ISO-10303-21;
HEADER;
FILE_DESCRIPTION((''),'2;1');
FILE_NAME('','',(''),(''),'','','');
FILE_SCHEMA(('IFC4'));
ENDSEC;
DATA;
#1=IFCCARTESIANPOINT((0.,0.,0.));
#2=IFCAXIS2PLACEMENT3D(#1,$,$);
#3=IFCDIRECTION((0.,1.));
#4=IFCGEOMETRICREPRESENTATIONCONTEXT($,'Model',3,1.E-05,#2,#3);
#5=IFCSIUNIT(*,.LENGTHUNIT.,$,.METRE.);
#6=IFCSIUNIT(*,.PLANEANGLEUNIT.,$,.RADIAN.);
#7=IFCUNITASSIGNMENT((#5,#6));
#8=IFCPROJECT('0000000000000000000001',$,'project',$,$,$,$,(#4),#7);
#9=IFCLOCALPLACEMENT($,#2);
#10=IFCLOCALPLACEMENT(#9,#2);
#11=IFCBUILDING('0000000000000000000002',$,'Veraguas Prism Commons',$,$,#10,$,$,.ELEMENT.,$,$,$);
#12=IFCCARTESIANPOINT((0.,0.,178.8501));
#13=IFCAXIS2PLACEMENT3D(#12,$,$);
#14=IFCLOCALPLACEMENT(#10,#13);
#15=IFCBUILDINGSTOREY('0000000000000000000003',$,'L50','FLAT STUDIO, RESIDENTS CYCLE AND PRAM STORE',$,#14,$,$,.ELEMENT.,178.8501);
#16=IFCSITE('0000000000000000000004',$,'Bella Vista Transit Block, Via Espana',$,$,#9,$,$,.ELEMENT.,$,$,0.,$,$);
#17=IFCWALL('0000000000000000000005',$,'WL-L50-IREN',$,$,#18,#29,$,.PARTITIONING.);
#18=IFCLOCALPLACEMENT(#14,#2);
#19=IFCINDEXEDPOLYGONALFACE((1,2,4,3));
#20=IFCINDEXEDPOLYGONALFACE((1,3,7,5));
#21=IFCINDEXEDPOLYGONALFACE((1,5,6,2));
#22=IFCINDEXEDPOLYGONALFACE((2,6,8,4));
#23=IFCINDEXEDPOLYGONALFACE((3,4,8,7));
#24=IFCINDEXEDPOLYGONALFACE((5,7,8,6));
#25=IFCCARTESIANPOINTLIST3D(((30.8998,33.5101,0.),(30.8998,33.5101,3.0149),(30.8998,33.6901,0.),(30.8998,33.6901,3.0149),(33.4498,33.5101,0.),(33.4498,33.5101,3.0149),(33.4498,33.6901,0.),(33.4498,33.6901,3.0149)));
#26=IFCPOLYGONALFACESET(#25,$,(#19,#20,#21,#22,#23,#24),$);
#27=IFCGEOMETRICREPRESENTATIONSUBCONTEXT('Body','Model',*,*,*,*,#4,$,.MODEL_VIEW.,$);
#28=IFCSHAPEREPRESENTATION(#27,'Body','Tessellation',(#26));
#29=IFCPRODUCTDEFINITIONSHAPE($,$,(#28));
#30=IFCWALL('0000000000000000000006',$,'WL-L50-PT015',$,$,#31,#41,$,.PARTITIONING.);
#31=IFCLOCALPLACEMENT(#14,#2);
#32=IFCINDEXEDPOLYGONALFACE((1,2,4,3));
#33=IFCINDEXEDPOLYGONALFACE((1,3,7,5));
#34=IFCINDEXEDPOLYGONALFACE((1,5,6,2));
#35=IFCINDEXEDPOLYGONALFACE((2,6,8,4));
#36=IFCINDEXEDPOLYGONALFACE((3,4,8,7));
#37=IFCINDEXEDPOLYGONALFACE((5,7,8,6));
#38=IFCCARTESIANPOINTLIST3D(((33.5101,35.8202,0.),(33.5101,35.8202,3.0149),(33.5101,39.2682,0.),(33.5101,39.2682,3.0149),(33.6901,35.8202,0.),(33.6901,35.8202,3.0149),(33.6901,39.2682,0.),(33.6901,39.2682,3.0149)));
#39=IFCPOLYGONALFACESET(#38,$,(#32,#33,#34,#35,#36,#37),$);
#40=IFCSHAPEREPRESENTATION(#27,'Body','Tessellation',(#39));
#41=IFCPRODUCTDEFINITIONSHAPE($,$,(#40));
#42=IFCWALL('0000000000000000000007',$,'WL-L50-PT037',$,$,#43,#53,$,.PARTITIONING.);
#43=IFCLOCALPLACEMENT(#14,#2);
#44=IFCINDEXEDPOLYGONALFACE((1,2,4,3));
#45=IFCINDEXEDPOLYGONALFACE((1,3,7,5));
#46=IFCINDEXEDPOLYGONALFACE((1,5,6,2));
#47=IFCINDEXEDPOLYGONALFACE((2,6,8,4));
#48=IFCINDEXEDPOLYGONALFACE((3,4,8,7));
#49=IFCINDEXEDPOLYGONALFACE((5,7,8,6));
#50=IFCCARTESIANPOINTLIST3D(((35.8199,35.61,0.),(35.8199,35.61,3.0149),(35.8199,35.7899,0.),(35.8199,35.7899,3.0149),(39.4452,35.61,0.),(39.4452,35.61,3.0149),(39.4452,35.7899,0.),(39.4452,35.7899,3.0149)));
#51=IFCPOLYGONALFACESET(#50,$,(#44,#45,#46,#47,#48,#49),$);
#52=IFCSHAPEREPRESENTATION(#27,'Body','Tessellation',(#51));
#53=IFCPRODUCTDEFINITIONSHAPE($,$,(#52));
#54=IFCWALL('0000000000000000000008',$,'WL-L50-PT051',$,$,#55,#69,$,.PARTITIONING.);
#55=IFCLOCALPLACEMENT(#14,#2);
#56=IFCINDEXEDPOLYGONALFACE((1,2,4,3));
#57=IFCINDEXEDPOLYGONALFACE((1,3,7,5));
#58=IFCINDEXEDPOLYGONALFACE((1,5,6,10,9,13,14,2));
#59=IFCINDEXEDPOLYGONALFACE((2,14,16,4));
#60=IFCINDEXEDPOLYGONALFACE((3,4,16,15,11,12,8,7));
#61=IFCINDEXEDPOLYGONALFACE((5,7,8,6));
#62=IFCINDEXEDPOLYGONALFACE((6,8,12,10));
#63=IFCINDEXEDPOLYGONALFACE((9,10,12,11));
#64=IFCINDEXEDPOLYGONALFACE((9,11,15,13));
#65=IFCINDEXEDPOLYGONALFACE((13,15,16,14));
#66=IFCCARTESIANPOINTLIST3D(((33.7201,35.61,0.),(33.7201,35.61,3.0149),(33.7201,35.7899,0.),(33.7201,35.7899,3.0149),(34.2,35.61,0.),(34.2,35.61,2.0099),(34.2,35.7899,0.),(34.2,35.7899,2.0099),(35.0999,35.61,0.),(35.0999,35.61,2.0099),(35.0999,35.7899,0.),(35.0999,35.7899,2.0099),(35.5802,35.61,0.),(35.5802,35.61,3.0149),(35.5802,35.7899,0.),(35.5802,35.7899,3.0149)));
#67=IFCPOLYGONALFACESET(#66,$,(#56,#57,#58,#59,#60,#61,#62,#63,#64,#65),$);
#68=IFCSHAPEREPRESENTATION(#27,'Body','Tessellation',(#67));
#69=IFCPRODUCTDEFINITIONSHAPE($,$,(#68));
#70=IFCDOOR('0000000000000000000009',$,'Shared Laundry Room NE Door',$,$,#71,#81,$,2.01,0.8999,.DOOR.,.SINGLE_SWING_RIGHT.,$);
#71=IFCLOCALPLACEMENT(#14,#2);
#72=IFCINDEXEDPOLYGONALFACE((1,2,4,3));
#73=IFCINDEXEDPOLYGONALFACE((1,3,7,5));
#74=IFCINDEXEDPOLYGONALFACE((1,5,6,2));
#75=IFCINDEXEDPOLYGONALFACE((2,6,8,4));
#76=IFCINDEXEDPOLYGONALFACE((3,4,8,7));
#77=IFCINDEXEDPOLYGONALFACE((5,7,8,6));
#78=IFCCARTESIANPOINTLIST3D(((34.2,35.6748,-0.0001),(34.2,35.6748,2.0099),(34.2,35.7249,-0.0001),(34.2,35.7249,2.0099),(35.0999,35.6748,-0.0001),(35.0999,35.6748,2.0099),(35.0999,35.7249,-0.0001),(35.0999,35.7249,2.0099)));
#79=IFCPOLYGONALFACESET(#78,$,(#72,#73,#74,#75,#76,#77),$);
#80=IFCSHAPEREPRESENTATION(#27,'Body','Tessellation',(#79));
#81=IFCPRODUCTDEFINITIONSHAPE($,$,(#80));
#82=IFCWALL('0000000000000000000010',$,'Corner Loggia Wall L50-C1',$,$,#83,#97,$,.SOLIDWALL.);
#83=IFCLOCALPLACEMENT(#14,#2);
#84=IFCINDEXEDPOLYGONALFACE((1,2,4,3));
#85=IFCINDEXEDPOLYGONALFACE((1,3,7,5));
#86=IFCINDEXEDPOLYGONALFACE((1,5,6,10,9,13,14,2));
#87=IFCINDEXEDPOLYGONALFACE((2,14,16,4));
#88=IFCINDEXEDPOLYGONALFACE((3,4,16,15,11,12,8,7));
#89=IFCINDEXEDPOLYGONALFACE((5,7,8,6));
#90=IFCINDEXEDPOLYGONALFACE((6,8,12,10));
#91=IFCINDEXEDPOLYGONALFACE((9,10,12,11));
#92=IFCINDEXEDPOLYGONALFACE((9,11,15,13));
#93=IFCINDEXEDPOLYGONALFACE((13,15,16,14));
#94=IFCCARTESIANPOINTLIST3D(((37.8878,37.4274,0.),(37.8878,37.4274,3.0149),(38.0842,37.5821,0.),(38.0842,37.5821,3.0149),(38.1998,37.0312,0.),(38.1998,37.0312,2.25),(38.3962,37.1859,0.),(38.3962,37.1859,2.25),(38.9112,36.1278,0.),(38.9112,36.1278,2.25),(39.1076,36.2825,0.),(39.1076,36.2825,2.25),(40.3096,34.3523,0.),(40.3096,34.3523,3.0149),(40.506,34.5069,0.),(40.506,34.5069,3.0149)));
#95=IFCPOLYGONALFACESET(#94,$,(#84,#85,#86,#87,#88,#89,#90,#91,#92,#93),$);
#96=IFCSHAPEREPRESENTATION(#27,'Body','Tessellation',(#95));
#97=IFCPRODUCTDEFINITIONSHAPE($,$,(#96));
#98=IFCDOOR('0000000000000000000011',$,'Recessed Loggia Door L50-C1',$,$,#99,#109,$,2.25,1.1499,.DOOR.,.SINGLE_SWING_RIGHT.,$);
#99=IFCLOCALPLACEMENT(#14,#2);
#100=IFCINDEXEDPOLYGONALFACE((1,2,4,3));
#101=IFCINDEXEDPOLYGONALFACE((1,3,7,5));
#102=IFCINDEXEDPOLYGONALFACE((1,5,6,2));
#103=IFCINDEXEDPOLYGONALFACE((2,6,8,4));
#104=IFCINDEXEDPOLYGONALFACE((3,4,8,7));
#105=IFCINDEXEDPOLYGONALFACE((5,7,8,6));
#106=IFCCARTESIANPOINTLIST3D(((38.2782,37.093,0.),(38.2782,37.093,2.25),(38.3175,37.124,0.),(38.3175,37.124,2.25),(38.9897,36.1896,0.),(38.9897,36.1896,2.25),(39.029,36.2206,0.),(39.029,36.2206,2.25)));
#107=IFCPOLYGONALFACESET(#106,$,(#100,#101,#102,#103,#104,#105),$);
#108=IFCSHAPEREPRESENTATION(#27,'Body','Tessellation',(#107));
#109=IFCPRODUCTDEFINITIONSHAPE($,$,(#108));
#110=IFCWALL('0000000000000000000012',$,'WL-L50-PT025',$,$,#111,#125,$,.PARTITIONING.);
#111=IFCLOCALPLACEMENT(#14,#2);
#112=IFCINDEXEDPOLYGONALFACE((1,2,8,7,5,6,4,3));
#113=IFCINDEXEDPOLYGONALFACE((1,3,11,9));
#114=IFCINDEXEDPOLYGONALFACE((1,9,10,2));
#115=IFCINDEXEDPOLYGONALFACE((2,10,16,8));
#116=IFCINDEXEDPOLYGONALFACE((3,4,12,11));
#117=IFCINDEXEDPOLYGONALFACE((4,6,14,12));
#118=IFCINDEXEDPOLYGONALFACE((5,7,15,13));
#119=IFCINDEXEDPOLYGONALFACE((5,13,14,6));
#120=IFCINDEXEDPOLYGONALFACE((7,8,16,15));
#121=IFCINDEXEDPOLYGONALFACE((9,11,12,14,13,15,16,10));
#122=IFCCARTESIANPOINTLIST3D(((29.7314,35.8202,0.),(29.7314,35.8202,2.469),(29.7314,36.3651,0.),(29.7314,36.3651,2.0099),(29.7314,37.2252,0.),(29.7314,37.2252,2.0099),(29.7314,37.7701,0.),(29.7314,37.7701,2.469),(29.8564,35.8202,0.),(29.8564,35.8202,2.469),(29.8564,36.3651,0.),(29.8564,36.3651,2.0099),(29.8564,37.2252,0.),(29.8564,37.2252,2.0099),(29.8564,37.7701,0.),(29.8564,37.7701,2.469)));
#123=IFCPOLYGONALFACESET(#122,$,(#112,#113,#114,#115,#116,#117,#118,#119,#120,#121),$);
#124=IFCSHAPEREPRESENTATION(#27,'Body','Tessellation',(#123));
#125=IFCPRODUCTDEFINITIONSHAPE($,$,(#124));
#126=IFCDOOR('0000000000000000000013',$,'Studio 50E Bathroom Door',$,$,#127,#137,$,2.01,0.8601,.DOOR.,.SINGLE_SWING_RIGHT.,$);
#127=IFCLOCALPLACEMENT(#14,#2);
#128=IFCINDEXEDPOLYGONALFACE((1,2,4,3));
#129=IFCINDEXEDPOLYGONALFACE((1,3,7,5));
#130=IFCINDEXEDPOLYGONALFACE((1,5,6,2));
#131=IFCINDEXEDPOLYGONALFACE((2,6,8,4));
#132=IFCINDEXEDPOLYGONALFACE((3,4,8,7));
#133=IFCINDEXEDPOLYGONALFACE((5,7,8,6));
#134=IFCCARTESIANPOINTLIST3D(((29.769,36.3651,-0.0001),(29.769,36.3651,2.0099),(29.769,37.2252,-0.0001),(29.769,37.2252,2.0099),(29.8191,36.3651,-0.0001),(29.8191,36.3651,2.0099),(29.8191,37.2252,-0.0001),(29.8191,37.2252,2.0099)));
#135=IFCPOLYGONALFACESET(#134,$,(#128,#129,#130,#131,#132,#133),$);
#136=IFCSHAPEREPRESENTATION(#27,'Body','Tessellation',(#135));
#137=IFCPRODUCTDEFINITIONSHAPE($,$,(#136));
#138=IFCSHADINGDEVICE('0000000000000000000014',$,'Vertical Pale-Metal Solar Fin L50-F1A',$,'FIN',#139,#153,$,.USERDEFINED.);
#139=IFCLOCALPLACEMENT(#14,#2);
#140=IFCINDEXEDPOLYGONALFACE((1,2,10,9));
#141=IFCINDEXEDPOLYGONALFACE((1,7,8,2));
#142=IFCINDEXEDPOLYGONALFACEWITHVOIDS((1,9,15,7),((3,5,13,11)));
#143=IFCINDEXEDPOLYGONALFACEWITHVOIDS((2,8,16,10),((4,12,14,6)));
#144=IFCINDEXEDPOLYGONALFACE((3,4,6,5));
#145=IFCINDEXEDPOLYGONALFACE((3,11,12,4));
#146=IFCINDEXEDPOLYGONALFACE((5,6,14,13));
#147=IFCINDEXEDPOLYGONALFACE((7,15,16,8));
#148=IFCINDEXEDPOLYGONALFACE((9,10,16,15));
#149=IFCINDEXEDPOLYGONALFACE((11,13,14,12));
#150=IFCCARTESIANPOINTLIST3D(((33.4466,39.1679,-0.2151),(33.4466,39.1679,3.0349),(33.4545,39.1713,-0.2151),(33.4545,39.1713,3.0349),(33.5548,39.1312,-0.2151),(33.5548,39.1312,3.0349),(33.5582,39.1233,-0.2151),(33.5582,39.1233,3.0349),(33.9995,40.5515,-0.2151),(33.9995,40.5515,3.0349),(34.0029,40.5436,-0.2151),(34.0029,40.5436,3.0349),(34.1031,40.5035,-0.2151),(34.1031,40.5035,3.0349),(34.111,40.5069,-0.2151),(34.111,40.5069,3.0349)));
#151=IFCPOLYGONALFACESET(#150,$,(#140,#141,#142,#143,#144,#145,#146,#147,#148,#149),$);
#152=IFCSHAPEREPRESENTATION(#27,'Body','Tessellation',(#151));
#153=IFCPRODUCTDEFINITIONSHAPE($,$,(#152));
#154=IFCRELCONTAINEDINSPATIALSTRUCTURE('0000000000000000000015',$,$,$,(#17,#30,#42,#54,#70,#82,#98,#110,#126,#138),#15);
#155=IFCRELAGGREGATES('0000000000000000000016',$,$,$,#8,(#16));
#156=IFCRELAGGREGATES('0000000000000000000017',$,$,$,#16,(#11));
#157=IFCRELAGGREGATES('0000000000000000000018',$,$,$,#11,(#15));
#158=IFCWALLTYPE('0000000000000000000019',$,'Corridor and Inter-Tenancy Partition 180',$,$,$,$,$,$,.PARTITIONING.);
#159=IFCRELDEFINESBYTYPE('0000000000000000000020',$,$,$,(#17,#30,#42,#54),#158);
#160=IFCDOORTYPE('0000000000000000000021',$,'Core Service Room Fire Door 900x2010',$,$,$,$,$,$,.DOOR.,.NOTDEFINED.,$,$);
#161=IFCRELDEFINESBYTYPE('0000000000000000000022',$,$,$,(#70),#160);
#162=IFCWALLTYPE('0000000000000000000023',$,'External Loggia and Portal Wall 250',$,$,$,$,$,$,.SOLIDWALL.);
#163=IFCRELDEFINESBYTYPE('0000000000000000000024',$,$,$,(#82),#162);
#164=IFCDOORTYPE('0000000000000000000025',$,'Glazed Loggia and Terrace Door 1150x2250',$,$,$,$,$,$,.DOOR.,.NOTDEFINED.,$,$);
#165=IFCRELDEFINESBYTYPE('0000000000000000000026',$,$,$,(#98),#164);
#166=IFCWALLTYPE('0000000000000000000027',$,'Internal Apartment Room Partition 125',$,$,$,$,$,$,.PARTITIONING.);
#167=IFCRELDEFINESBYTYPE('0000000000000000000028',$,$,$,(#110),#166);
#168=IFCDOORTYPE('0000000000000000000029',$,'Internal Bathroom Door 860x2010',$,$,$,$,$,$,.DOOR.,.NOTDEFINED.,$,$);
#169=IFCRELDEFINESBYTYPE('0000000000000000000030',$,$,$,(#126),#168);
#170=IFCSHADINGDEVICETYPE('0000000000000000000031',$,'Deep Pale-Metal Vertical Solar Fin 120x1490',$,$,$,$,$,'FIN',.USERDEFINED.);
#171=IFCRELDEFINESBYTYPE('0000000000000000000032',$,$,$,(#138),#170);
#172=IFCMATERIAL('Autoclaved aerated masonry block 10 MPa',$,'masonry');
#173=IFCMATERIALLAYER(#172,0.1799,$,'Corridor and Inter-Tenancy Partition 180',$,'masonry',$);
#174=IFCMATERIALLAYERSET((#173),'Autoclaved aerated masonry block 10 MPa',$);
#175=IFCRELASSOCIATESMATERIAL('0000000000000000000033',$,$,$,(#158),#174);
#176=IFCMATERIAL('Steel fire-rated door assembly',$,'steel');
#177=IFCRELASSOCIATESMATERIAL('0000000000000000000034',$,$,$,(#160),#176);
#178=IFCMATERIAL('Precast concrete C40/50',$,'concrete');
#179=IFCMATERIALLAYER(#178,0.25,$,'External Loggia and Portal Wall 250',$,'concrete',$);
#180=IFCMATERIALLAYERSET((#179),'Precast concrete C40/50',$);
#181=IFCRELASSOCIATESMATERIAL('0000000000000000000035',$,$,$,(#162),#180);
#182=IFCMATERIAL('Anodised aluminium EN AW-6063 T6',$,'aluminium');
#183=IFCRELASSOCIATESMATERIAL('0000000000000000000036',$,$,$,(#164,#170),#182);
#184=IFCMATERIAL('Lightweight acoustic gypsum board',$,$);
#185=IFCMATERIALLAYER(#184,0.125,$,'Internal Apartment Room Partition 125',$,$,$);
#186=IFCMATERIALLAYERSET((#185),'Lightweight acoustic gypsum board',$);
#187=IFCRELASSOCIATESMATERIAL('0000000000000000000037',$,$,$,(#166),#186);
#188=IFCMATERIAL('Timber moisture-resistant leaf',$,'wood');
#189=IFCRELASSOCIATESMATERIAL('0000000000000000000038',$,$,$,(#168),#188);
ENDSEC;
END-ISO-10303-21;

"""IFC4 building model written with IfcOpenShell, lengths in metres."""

from ifc_helpers import new_model, si_unit, direction, frame, frame_2d, origin, origin_2d, place, context, subcontext, project, spatial, rectangle, hollow_rectangle, extrude, source, transform, mapped, material, layer, layer_set, material_profile, profile_set, type_object, element, fill, save


model = new_model("IFC4")

# Units and contexts
model_context = context("Model", 3, precision=1e-05, world=origin(), true_north=direction((0.0, 1.0)))
body_context = subcontext(model_context, "Body", "Model", "MODEL_VIEW")
ifc_project = project(units=[si_unit("LENGTHUNIT", "METRE"), si_unit("PLANEANGLEUNIT", "RADIAN")], contexts=[model_context])

# Site, building, storey
site_placement = place(None, origin())
site = spatial("IfcSite", under=ifc_project, at=site_placement, Name="Bella Vista Transit Block, Via Espana", CompositionType="ELEMENT", RefElevation=0.0)
building_placement = place(site_placement, origin())
building = spatial("IfcBuilding", under=site, at=building_placement, Name="Veraguas Prism Commons", CompositionType="ELEMENT")
storey_placement = place(building_placement, frame((0.0, 0.0, 178.8501)))
storey = spatial("IfcBuildingStorey", under=building, at=storey_placement, Name="L50", Description="FLAT STUDIO, RESIDENTS CYCLE AND PRAM STORE", CompositionType="ELEMENT", Elevation=178.8501)

# Shared definitions
ifc_material_1 = material(Name="Anodised aluminium EN AW-6063 T6", Category="aluminium")

# Walls
ifc_material_2 = material(Name="Autoclaved aerated masonry block 10 MPa", Category="masonry")
ifc_layer_1 = layer(ifc_material_2, 0.1799, Name="Corridor and Inter-Tenancy Partition 180", Category="masonry")
ifc_layer_set_1 = layer_set([ifc_layer_1], Name="Autoclaved aerated masonry block 10 MPa")
wall_type_1 = type_object("IfcWallType", Name="Corridor and Inter-Tenancy Partition 180", PredefinedType="PARTITIONING", material=ifc_layer_set_1)
wall_1_placement = place(storey_placement, frame((30.8999, 33.6001, 0.0), z_axis=(0.0, 0.0, 1.0), x_axis=(1.0, 0.0, 0.0)))
element("IfcWall", 1, at=wall_1_placement, inside=storey, type_object=wall_type_1, Name="WL-L50-IREN", PredefinedType="PARTITIONING", context=body_context, shape_type="SweptSolid", body=[
    extrude(rectangle(XDim=2.55, YDim=0.1799, at=frame_2d((1.2749, 0.0))), origin(), (0.0, 0.0, 1.0), 3.0149),
])
wall_2_placement = place(storey_placement, frame((33.6001, 35.8201, 0.0), z_axis=(0.0, 0.0, 1.0), x_axis=(0.0, 1.0, 0.0)))
element("IfcWall", 2, at=wall_2_placement, inside=storey, type_object=wall_type_1, Name="WL-L50-PT015", PredefinedType="PARTITIONING", context=body_context, shape_type="SweptSolid", body=[
    extrude(rectangle(XDim=3.448, YDim=0.1799, at=frame_2d((1.7241, 0.0))), origin(), (0.0, 0.0, 1.0), 3.0149),
])
wall_3_placement = place(storey_placement, frame((35.8201, 35.7, 0.0), z_axis=(0.0, 0.0, 1.0), x_axis=(1.0, 0.0, 0.0)))
element("IfcWall", 3, at=wall_3_placement, inside=storey, type_object=wall_type_1, Name="WL-L50-PT037", PredefinedType="PARTITIONING", context=body_context, shape_type="SweptSolid", body=[
    extrude(rectangle(XDim=3.6252, YDim=0.1799, at=frame_2d((1.8125, 0.0))), origin(), (0.0, 0.0, 1.0), 3.0149),
])

# Walls, openings, doors
wall_4_placement = place(storey_placement, frame((33.72, 35.7, 0.0), z_axis=(0.0, 0.0, 1.0), x_axis=(1.0, 0.0, 0.0)))
wall_4 = element("IfcWall", 4, at=wall_4_placement, inside=storey, type_object=wall_type_1, Name="WL-L50-PT051", PredefinedType="PARTITIONING", context=body_context, shape_type="SweptSolid", body=[
    extrude(rectangle(XDim=1.8601, YDim=0.1799, at=frame_2d((0.9302, 0.0))), origin(), (0.0, 0.0, 1.0), 3.0149),
])
opening_1_placement = place(wall_4_placement, frame((0.48, 0.0, 0.0)))
opening_1 = element("IfcOpeningElement", 5, at=opening_1_placement, cuts=wall_4, PredefinedType="OPENING", context=body_context, shape_type="SweptSolid", body=[
    extrude(rectangle(XDim=0.8999, YDim=2.01, at=frame_2d((0.45, 1.0049))), frame((0.0, 0.0999, 0.0), z_axis=(0.0, -1.0, 0.0), x_axis=(1.0, 0.0, 0.0)), (0.0, 0.0, 1.0), 0.2),
])
ifc_material_3 = material(Name="Steel fire-rated door assembly", Category="steel")
door_type_1 = type_object("IfcDoorType", Name="Core Service Room Fire Door 900x2010", OperationType="NOTDEFINED", PredefinedType="DOOR", material=ifc_material_3)
shared_shape_1 = source(origin(), body_context, "Body", "SweptSolid", [
    extrude(rectangle(XDim=0.8999, YDim=2.01, at=frame_2d((0.45, 1.0049))), frame((0.0, 0.0249, 0.0), z_axis=(0.0, -1.0, 0.0), x_axis=(1.0, 0.0, 0.0)), (0.0, 0.0, 1.0), 0.05),
])
door_1_placement = place(opening_1_placement, origin())
door_1 = element("IfcDoor", 6, at=door_1_placement, inside=storey, type_object=door_type_1, Name="Shared Laundry Room NE Door", OperationType="SINGLE_SWING_RIGHT", OverallHeight=2.01, OverallWidth=0.8999, PredefinedType="DOOR", context=body_context, shape_type="MappedRepresentation", body=[
    mapped(shared_shape_1, transform((0.0, 0.0, 0.0), scale=1.0)),
])
fill(opening_1, door_1)
ifc_material_4 = material(Name="Precast concrete C40/50", Category="concrete")
ifc_layer_2 = layer(ifc_material_4, 0.25, Name="External Loggia and Portal Wall 250", Category="concrete")
ifc_layer_set_2 = layer_set([ifc_layer_2], Name="Precast concrete C40/50")
wall_type_2 = type_object("IfcWallType", Name="External Loggia and Portal Wall 250", PredefinedType="SOLIDWALL", material=ifc_layer_set_2)
wall_5_placement = place(storey_placement, frame((40.4077, 34.4297, 0.0), z_axis=(0.0, 0.0, 1.0), x_axis=(-0.618714, 0.785617, 0.0)))
wall_5 = element("IfcWall", 7, at=wall_5_placement, inside=storey, type_object=wall_type_2, Name="Corner Loggia Wall L50-C1", PredefinedType="SOLIDWALL", context=body_context, shape_type="SweptSolid", body=[
    extrude(rectangle(XDim=3.9143, YDim=0.25, at=frame_2d((1.957, 0.0))), origin(), (0.0, 0.0, 1.0), 3.0149),
])
opening_2_placement = place(wall_5_placement, frame((2.26, 0.0, 0.0)))
opening_2 = element("IfcOpeningElement", 8, at=opening_2_placement, cuts=wall_5, PredefinedType="OPENING", context=body_context, shape_type="SweptSolid", body=[
    extrude(rectangle(XDim=1.1499, YDim=2.25, at=frame_2d((0.575, 1.125))), frame((0.0, 0.135, 0.0), z_axis=(0.0, -1.0, 0.0), x_axis=(1.0, 0.0, 0.0)), (0.0, 0.0, 1.0), 0.27),
])
door_type_2 = type_object("IfcDoorType", Name="Glazed Loggia and Terrace Door 1150x2250", OperationType="NOTDEFINED", PredefinedType="DOOR", material=ifc_material_1)
shared_shape_2 = source(origin(), body_context, "Body", "SweptSolid", [
    extrude(rectangle(XDim=1.1499, YDim=2.25, at=frame_2d((0.575, 1.125))), frame((0.0, 0.0249, 0.0), z_axis=(0.0, -1.0, 0.0), x_axis=(1.0, 0.0, 0.0)), (0.0, 0.0, 1.0), 0.05),
])
door_2_placement = place(opening_2_placement, frame((1.1499, 0.0, 0.0), z_axis=(0.0, 0.0, 1.0), x_axis=(-1.0, 0.0, 0.0)))
door_2 = element("IfcDoor", 9, at=door_2_placement, inside=storey, type_object=door_type_2, Name="Recessed Loggia Door L50-C1", OperationType="SINGLE_SWING_RIGHT", OverallHeight=2.25, OverallWidth=1.1499, PredefinedType="DOOR", context=body_context, shape_type="MappedRepresentation", body=[
    mapped(shared_shape_2, transform((0.0, 0.0, 0.0), scale=1.0)),
])
fill(opening_2, door_2)
ifc_material_5 = material(Name="Lightweight acoustic gypsum board")
ifc_layer_3 = layer(ifc_material_5, 0.125, Name="Internal Apartment Room Partition 125")
ifc_layer_set_3 = layer_set([ifc_layer_3], Name="Lightweight acoustic gypsum board")
wall_type_3 = type_object("IfcWallType", Name="Internal Apartment Room Partition 125", PredefinedType="PARTITIONING", material=ifc_layer_set_3)
wall_6_placement = place(storey_placement, frame((29.7939, 35.8201, 0.0), z_axis=(0.0, 0.0, 1.0), x_axis=(0.0, 1.0, 0.0)))
wall_6 = element("IfcWall", 10, at=wall_6_placement, inside=storey, type_object=wall_type_3, Name="WL-L50-PT025", PredefinedType="PARTITIONING", context=body_context, shape_type="SweptSolid", body=[
    extrude(rectangle(XDim=1.95, YDim=0.125, at=frame_2d((0.9751, 0.0))), origin(), (0.0, 0.0, 1.0), 2.469),
])
opening_3_placement = place(wall_6_placement, frame((0.5449, 0.0, 0.0)))
opening_3 = element("IfcOpeningElement", 11, at=opening_3_placement, cuts=wall_6, PredefinedType="OPENING", context=body_context, shape_type="SweptSolid", body=[
    extrude(rectangle(XDim=0.8601, YDim=2.01, at=frame_2d((0.4302, 1.0049))), frame((0.0, 0.0725, 0.0), z_axis=(0.0, -1.0, 0.0), x_axis=(1.0, 0.0, 0.0)), (0.0, 0.0, 1.0), 0.145),
])
ifc_material_6 = material(Name="Timber moisture-resistant leaf", Category="wood")
door_type_3 = type_object("IfcDoorType", Name="Internal Bathroom Door 860x2010", OperationType="NOTDEFINED", PredefinedType="DOOR", material=ifc_material_6)
shared_shape_3 = source(origin(), body_context, "Body", "SweptSolid", [
    extrude(rectangle(XDim=0.8601, YDim=2.01, at=frame_2d((0.4302, 1.0049))), frame((0.0, 0.0249, 0.0), z_axis=(0.0, -1.0, 0.0), x_axis=(1.0, 0.0, 0.0)), (0.0, 0.0, 1.0), 0.05),
])
door_3_placement = place(opening_3_placement, origin())
door_3 = element("IfcDoor", 12, at=door_3_placement, inside=storey, type_object=door_type_3, Name="Studio 50E Bathroom Door", OperationType="SINGLE_SWING_RIGHT", OverallHeight=2.01, OverallWidth=0.8601, PredefinedType="DOOR", context=body_context, shape_type="MappedRepresentation", body=[
    mapped(shared_shape_3, transform((0.0, 0.0, 0.0), scale=1.0)),
])
fill(opening_3, door_3)

# Shading device
ifc_material_profile_1 = material_profile(ifc_material_1, hollow_rectangle(XDim=0.1201, YDim=1.49, WallThickness=0.0061, at=origin_2d()), Name="FIN120X1490X6")
ifc_profile_set_1 = profile_set([ifc_material_profile_1], Name="Anodised aluminium EN AW-6063 T6")
shading_device_type = type_object("IfcShadingDeviceType", Name="Deep Pale-Metal Vertical Solar Fin 120x1490", ElementType="FIN", PredefinedType="USERDEFINED", material=ifc_profile_set_1)
shading_device_placement = place(storey_placement, frame((33.7788, 39.8374, -0.2151), z_axis=(0.0, 0.0, 1.0), x_axis=(-0.928616, 0.371042, 0.0)))
element("IfcShadingDevice", 13, at=shading_device_placement, inside=storey, type_object=shading_device_type, Name="Vertical Pale-Metal Solar Fin L50-F1A", ObjectType="FIN", PredefinedType="USERDEFINED", context=body_context, shape_type="SweptSolid", body=[
    extrude(hollow_rectangle(XDim=0.1201, YDim=1.49, WallThickness=0.0061, at=origin_2d()), origin(), (0.0, 0.0, 1.0), 3.25),
])

save(model, "model.ifc")
